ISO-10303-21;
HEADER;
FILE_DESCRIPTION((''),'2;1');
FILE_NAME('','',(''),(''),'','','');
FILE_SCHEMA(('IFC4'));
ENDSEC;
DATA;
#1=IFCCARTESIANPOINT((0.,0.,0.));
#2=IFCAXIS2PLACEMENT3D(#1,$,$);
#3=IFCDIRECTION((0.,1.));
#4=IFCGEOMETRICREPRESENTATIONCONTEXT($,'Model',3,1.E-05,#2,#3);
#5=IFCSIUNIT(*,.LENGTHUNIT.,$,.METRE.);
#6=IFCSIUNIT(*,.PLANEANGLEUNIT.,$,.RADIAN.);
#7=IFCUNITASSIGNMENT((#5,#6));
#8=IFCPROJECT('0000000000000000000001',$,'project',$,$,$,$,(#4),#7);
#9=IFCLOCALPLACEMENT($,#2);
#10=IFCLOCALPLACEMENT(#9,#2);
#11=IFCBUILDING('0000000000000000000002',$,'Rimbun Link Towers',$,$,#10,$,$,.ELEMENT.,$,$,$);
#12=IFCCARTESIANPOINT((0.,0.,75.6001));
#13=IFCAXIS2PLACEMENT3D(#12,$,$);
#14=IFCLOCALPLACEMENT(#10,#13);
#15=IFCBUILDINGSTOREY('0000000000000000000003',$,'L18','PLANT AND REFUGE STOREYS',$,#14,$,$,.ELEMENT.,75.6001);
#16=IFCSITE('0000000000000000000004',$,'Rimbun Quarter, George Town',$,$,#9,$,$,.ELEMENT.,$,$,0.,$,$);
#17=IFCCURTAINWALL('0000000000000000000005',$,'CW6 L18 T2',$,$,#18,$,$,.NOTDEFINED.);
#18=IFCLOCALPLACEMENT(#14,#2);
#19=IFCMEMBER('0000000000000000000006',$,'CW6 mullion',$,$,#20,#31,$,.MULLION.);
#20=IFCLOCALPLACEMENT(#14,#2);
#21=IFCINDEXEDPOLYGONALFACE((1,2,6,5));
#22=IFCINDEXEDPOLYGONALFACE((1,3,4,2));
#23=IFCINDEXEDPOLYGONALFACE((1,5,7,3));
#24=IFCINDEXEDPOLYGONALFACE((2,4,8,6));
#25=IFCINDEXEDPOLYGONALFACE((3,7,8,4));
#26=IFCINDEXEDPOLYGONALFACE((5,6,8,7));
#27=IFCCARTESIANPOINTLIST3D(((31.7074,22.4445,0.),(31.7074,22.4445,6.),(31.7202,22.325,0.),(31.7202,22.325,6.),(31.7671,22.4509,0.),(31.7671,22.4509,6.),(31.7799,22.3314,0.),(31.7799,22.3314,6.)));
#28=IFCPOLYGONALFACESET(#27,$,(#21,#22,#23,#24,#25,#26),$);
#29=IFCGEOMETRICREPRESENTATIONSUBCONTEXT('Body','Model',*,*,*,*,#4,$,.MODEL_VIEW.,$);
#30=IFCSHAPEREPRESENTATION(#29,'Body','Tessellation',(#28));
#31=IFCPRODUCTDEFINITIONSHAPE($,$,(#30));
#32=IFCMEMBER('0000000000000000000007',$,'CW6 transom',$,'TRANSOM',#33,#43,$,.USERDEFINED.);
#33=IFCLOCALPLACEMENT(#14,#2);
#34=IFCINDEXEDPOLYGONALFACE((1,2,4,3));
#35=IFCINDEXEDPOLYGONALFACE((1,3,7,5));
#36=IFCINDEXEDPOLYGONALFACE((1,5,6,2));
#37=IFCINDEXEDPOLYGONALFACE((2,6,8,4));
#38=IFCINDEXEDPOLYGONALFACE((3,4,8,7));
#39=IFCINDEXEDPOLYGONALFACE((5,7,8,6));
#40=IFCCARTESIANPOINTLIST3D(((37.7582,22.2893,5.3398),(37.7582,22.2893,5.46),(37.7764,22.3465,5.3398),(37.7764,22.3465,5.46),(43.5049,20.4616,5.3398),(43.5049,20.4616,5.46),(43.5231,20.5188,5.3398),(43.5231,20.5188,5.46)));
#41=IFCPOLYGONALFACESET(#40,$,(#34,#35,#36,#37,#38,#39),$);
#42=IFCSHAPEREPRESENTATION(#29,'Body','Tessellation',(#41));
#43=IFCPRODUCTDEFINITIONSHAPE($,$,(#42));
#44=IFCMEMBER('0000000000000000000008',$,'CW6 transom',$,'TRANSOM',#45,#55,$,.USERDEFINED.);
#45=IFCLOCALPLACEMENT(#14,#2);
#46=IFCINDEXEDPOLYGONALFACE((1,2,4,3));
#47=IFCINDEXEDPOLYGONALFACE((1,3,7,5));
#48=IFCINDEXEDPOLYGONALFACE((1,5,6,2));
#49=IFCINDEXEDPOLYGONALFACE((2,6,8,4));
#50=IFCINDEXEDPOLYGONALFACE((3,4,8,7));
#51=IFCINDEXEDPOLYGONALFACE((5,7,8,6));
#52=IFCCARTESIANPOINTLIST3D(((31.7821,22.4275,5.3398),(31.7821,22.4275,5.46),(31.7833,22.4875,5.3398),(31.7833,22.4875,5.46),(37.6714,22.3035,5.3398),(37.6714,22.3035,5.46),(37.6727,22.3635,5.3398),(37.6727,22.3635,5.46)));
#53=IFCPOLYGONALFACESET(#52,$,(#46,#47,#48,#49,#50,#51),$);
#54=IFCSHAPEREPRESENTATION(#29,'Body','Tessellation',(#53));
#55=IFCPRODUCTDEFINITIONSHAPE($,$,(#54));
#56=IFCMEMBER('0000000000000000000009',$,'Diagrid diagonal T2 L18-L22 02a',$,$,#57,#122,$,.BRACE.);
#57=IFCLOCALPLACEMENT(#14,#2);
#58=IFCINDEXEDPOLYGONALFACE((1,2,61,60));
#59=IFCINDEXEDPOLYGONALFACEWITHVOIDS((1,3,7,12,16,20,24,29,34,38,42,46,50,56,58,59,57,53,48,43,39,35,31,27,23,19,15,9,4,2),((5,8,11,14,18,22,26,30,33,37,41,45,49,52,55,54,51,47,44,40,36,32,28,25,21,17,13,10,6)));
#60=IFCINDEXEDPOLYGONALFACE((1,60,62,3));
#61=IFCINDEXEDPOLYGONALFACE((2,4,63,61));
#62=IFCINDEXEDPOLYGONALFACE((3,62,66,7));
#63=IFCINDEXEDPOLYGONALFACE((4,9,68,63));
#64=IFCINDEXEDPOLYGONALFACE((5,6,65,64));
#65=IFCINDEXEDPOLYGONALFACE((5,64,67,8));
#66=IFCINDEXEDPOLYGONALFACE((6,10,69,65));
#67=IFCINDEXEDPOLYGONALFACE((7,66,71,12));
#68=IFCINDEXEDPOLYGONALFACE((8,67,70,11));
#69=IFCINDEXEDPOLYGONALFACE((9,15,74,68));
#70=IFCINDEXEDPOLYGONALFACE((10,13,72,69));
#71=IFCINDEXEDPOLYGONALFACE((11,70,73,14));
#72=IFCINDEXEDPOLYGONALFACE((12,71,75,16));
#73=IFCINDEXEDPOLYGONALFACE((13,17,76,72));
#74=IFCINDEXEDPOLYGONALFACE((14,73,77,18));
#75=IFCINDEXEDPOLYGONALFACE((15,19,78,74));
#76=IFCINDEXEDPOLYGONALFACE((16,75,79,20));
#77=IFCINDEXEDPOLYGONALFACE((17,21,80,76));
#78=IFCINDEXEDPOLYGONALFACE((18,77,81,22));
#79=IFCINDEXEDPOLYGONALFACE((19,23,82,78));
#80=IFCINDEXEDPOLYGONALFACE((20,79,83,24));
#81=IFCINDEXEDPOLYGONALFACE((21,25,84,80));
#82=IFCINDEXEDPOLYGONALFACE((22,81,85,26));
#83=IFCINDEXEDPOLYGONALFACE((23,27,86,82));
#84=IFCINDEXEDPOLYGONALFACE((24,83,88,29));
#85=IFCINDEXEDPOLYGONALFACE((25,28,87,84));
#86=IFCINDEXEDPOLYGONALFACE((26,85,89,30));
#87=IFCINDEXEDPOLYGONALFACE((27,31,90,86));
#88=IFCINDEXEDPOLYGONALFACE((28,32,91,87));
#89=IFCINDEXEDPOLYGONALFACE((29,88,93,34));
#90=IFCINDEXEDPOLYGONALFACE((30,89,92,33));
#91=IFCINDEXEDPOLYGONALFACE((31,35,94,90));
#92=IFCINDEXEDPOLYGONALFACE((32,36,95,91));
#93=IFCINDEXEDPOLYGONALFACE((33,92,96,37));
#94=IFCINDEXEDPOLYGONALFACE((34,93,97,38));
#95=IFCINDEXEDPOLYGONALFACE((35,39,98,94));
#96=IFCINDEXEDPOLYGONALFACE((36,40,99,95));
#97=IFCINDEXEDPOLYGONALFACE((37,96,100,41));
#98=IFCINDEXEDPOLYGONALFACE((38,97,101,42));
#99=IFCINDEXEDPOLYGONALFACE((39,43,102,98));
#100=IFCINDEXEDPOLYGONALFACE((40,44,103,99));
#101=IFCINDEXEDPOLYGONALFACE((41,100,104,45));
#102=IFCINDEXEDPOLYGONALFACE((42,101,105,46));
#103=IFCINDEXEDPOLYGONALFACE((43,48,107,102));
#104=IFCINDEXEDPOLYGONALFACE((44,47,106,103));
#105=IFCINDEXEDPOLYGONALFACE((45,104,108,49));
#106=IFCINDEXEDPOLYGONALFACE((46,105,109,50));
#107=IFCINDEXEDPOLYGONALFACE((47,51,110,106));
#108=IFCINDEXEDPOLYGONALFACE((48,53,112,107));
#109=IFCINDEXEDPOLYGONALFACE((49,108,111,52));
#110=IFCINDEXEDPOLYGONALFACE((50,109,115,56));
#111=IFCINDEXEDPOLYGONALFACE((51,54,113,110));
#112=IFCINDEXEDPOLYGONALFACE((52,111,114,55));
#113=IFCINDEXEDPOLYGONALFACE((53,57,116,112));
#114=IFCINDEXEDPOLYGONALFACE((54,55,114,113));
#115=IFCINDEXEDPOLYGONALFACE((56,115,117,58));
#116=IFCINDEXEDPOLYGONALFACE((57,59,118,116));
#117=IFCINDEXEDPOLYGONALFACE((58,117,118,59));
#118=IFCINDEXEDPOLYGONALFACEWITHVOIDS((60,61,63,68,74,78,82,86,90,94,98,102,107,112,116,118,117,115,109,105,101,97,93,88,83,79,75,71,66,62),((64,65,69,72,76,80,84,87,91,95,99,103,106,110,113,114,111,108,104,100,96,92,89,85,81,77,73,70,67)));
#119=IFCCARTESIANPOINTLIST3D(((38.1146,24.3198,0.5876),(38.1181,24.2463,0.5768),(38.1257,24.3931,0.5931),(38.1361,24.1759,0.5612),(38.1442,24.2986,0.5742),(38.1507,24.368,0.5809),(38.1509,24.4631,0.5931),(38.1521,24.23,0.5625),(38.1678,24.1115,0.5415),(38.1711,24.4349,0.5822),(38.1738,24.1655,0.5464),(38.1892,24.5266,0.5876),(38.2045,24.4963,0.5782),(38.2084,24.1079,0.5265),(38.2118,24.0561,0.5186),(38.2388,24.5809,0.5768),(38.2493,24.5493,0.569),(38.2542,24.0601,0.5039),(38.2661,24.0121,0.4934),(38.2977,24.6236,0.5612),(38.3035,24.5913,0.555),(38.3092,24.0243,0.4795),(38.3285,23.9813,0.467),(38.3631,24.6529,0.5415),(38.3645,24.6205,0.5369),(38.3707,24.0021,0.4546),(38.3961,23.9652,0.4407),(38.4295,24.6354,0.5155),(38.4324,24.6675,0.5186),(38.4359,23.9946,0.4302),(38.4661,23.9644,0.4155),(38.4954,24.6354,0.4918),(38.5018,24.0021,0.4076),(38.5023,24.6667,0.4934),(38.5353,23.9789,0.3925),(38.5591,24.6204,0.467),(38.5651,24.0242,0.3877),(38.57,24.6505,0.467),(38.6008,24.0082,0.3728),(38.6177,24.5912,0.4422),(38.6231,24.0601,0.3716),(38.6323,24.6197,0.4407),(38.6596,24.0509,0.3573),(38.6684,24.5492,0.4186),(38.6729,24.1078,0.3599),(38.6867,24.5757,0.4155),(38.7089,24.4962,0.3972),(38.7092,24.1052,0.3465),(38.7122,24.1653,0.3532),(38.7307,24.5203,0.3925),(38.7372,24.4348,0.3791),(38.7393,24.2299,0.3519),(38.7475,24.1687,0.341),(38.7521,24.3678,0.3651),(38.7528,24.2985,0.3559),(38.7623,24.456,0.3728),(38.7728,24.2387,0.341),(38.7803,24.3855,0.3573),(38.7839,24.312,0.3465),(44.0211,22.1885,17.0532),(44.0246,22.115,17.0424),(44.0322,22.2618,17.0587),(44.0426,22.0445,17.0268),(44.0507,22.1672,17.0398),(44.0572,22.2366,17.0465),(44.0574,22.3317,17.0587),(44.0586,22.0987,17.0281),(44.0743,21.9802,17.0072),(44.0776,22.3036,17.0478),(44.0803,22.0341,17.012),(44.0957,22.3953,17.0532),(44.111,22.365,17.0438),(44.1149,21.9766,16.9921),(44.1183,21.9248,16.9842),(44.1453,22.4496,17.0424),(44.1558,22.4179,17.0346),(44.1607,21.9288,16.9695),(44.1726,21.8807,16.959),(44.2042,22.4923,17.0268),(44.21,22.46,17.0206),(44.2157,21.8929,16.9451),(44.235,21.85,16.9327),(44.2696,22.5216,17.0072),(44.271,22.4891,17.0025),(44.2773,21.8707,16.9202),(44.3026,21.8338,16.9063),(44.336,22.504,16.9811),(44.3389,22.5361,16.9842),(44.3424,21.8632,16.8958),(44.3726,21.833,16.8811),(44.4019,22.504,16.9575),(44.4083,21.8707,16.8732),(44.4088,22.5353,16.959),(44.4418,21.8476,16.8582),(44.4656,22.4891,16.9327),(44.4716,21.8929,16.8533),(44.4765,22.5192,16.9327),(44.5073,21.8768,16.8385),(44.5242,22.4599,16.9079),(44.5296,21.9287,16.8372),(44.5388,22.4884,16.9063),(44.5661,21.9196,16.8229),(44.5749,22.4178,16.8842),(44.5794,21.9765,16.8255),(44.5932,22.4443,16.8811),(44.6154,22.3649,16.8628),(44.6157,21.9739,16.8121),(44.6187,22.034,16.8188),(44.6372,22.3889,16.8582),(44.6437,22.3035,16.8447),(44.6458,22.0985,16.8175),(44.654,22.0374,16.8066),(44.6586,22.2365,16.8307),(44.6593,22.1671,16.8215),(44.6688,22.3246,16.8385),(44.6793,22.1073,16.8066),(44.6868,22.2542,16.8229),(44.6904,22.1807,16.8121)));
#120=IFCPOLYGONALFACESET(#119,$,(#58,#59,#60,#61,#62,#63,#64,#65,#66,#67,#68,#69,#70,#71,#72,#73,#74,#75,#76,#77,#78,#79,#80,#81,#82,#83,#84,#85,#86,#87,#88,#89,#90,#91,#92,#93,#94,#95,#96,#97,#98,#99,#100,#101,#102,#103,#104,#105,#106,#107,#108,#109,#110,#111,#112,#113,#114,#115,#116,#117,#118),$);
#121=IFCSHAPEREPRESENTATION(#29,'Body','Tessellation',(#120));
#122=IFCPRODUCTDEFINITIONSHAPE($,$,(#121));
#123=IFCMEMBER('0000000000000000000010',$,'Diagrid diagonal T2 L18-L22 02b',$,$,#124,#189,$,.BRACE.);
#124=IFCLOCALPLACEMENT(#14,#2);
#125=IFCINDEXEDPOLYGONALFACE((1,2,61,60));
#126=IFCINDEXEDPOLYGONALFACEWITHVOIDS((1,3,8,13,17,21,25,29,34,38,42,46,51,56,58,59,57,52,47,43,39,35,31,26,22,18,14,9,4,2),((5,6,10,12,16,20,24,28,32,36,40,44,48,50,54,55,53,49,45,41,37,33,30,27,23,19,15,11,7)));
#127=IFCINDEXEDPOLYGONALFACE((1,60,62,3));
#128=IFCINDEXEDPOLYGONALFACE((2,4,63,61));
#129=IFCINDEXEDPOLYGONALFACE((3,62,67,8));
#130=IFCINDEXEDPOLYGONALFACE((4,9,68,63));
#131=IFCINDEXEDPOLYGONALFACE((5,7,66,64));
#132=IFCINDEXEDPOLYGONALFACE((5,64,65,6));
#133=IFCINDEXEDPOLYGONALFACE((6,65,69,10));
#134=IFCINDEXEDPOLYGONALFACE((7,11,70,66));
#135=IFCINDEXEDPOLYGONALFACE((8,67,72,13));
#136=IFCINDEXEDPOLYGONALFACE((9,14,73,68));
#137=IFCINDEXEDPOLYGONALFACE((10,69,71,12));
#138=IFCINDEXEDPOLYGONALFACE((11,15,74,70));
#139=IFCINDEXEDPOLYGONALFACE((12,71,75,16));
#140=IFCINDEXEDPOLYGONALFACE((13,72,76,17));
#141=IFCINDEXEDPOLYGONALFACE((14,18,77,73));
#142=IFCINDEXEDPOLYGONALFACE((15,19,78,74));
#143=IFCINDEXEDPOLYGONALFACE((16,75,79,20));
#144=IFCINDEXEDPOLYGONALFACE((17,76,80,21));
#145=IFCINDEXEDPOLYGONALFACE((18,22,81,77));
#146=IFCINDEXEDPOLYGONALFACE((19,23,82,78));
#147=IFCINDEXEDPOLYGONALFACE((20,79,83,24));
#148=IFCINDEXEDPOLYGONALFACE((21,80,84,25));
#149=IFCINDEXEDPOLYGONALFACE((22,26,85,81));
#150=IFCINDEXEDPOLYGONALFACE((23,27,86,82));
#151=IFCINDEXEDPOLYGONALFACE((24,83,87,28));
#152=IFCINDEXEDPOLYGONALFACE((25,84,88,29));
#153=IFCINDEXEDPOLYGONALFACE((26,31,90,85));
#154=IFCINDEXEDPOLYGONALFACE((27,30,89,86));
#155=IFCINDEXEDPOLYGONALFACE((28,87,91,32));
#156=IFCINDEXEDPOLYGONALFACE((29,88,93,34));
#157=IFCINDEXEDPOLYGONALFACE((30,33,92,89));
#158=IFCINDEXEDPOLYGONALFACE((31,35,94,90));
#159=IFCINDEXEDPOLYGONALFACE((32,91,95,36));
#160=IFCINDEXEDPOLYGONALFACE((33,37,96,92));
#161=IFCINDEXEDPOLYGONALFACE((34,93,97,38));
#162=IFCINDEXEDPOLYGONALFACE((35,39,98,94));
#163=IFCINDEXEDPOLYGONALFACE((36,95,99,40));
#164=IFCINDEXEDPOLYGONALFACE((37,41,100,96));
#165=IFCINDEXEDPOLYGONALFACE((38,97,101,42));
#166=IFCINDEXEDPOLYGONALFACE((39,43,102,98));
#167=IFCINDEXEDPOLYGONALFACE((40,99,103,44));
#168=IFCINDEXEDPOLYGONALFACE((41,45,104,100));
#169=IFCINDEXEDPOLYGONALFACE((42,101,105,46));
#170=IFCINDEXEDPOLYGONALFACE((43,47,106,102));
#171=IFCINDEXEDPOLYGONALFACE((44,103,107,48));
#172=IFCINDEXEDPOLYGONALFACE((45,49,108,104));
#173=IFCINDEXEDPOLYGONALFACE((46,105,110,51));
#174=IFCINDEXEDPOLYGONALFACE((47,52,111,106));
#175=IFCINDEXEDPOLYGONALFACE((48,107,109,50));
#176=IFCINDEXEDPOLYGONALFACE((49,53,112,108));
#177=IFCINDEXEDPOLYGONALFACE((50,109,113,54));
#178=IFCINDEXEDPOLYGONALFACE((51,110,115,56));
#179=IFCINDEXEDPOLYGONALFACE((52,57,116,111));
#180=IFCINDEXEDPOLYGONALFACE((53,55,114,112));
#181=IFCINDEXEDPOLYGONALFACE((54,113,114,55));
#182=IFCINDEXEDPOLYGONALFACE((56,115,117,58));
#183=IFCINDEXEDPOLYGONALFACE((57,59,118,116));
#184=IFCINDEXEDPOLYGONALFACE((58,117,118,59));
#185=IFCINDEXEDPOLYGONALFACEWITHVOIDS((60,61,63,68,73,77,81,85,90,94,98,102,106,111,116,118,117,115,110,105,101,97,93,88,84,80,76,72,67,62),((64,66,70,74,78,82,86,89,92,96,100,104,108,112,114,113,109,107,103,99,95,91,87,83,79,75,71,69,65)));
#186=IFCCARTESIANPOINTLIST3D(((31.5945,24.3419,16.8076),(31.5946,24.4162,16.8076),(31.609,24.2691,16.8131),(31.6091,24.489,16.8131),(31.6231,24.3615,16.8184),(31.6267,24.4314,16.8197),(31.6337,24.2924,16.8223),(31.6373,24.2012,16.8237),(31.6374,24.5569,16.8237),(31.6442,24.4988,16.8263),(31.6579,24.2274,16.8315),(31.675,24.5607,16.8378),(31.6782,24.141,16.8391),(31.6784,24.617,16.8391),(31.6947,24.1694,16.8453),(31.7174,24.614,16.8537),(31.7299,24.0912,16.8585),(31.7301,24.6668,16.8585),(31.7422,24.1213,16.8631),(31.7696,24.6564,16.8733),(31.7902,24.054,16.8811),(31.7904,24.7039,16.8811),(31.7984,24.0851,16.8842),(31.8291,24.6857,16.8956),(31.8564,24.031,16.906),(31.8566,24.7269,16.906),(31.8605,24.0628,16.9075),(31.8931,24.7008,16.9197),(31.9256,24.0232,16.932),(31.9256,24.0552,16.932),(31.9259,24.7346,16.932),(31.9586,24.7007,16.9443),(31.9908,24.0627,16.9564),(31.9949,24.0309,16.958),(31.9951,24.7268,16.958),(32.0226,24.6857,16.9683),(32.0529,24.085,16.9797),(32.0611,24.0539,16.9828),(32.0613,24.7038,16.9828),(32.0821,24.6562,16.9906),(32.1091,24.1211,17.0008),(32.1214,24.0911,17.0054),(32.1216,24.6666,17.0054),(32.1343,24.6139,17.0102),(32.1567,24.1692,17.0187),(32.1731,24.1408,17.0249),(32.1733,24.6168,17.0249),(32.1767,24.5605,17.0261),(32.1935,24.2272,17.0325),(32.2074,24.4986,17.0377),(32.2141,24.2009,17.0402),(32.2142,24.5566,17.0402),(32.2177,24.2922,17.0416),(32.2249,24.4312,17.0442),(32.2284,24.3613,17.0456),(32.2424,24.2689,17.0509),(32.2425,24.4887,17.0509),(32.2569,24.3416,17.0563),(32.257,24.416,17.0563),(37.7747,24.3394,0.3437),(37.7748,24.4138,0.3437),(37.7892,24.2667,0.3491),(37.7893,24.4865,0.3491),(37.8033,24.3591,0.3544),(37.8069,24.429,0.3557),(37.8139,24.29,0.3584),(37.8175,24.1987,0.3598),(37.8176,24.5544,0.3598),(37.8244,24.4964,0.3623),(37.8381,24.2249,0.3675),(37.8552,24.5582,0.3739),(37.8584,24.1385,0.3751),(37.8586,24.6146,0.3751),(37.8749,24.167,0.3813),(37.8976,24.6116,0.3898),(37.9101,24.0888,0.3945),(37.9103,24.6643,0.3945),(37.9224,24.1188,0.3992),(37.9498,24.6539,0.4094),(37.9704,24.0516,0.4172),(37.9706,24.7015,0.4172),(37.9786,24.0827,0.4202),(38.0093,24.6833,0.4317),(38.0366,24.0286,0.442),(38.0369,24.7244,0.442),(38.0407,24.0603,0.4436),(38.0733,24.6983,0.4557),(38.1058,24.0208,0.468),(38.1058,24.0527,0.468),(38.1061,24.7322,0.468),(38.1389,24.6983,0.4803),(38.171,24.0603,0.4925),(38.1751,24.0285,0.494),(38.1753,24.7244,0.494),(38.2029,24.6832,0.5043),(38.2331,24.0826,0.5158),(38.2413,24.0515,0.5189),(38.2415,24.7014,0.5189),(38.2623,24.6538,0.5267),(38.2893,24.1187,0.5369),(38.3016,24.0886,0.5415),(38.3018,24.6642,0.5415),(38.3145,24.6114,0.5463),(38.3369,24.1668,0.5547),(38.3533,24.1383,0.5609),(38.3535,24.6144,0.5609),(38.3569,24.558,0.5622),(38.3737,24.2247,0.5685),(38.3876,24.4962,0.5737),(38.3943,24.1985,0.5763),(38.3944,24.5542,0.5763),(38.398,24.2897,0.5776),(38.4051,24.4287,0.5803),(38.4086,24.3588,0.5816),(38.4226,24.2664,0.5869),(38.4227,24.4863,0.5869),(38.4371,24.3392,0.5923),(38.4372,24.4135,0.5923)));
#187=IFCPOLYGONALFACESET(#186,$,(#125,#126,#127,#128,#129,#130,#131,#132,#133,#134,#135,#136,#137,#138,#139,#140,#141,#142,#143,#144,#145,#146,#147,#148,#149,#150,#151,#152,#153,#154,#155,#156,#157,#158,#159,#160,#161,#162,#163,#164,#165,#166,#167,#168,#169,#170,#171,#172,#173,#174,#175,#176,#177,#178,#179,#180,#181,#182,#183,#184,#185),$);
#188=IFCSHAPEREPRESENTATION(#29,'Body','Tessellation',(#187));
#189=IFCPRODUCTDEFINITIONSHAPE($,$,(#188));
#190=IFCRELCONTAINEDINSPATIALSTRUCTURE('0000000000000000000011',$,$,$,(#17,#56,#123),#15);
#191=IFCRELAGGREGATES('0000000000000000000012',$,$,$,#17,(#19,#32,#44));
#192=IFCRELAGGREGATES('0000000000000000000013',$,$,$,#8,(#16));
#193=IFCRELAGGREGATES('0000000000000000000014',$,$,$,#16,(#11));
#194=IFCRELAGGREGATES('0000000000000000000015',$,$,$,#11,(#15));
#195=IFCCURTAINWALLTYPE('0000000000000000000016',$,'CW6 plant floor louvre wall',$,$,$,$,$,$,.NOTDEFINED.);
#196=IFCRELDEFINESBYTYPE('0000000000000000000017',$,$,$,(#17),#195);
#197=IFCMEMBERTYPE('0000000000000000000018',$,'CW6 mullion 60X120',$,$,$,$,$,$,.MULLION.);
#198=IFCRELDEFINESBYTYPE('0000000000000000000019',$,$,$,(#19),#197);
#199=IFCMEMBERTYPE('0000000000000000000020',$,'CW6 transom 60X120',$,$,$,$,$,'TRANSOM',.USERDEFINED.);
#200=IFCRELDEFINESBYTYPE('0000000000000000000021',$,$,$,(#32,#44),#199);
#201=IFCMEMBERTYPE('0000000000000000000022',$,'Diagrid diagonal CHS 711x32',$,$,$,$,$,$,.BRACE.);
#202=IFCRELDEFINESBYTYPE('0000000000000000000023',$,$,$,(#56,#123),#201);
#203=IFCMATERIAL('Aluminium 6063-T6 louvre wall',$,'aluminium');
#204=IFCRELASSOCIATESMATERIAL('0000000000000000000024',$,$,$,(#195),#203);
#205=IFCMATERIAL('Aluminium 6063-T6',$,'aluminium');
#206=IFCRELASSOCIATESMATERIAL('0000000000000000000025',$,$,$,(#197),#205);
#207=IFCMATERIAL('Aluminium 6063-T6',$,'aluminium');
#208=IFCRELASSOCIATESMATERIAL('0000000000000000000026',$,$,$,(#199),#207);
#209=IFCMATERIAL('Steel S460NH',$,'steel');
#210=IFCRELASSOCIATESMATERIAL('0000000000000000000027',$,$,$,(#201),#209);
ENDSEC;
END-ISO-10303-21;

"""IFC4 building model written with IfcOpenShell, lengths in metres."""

from ifc_helpers import new_model, si_unit, direction, frame, origin, origin_2d, place, context, subcontext, project, spatial, rectangle, hollow_circle, extrude, material, material_profile, profile_set, type_object, element, aggregate, save


model = new_model("IFC4")

# Units and contexts
model_context = context("Model", 3, precision=1e-05, world=origin(), true_north=direction((0.0, 1.0)))
body_context = subcontext(model_context, "Body", "Model", "MODEL_VIEW")
ifc_project = project(units=[si_unit("LENGTHUNIT", "METRE"), si_unit("PLANEANGLEUNIT", "RADIAN")], contexts=[model_context])

# Site, building, storey
site_placement = place(None, origin())
site = spatial("IfcSite", under=ifc_project, at=site_placement, Name="Rimbun Quarter, George Town", CompositionType="ELEMENT", RefElevation=0.0)
building_placement = place(site_placement, origin())
building = spatial("IfcBuilding", under=site, at=building_placement, Name="Rimbun Link Towers", CompositionType="ELEMENT")
storey_placement = place(building_placement, frame((0.0, 0.0, 75.6001)))
storey = spatial("IfcBuildingStorey", under=building, at=storey_placement, Name="L18", Description="PLANT AND REFUGE STOREYS", CompositionType="ELEMENT", Elevation=75.6001)

# Curtain wall, members
ifc_material_1 = material(Name="Aluminium 6063-T6 louvre wall", Category="aluminium")
curtain_wall_type = type_object("IfcCurtainWallType", Name="CW6 plant floor louvre wall", PredefinedType="NOTDEFINED", material=ifc_material_1)
curtain_wall_placement = place(storey_placement, origin())
curtain_wall = element("IfcCurtainWall", 1, at=curtain_wall_placement, inside=storey, type_object=curtain_wall_type, Name="CW6 L18 T2", PredefinedType="NOTDEFINED")
ifc_material_2 = material(Name="Aluminium 6063-T6", Category="aluminium")
ifc_material_profile_1 = material_profile(ifc_material_2, rectangle(XDim=0.1201, YDim=0.0601, at=origin_2d()), Name="MULLION 60X120")
ifc_profile_set_1 = profile_set([ifc_material_profile_1], Name="Aluminium 6063-T6")
member_type_1 = type_object("IfcMemberType", Name="CW6 mullion 60X120", PredefinedType="MULLION", material=ifc_profile_set_1)
member_1_placement = place(storey_placement, frame((31.7437, 22.3879, 0.0), z_axis=(0.0, 0.0, 1.0), x_axis=(-0.106635, 0.994298, 0.0)))
member_1 = element("IfcMember", 2, at=member_1_placement, type_object=member_type_1, Name="CW6 mullion", PredefinedType="MULLION", context=body_context, shape_type="SweptSolid", body=[
    extrude(rectangle(XDim=0.1201, YDim=0.0601, at=origin_2d()), origin(), (0.0, 0.0, 1.0), 6.0),
])
ifc_material_3 = material(Name="Aluminium 6063-T6", Category="aluminium")
ifc_material_profile_2 = material_profile(ifc_material_3, rectangle(XDim=0.0601, YDim=0.1201, at=origin_2d()), Name="TRANSOM 60X120")
ifc_profile_set_2 = profile_set([ifc_material_profile_2], Name="Aluminium 6063-T6")
member_type_2 = type_object("IfcMemberType", Name="CW6 transom 60X120", ElementType="TRANSOM", PredefinedType="USERDEFINED", material=ifc_profile_set_2)
member_2_placement = place(storey_placement, frame((37.7673, 22.3179, 5.3999), z_axis=(0.952965, -0.30308, 0.0), x_axis=(0.30308, 0.952965, 0.0)))
member_2 = element("IfcMember", 3, at=member_2_placement, type_object=member_type_2, Name="CW6 transom", ObjectType="TRANSOM", PredefinedType="USERDEFINED", context=body_context, shape_type="SweptSolid", body=[
    extrude(rectangle(XDim=0.0601, YDim=0.1201, at=origin_2d()), origin(), (0.0, 0.0, 1.0), 6.0303),
])
member_3_placement = place(storey_placement, frame((31.7827, 22.4575, 5.3999), z_axis=(0.999778, -0.021054, 0.0), x_axis=(0.021054, 0.999778, 0.0)))
member_3 = element("IfcMember", 4, at=member_3_placement, type_object=member_type_2, Name="CW6 transom", ObjectType="TRANSOM", PredefinedType="USERDEFINED", context=body_context, shape_type="SweptSolid", body=[
    extrude(rectangle(XDim=0.0601, YDim=0.1201, at=origin_2d()), origin(), (0.0, 0.0, 1.0), 5.8906),
])

# Members
ifc_material_4 = material(Name="Steel S460NH", Category="steel")
ifc_material_profile_3 = material_profile(ifc_material_4, hollow_circle(Radius=0.3557, WallThickness=0.032, at=origin_2d()), Name="Diagrid diagonal CHS 711x32")
ifc_profile_set_3 = profile_set([ifc_material_profile_3], Name="Steel S460NH")
member_type_3 = type_object("IfcMemberType", Name="Diagrid diagonal CHS 711x32", PredefinedType="BRACE", material=ifc_profile_set_3)
member_4_placement = place(storey_placement, frame((38.4492, 24.3159, 0.467), z_axis=(0.335172, -0.120946, 0.934362), x_axis=(0.339426, 0.940633, 0.0)))
element("IfcMember", 5, at=member_4_placement, inside=storey, type_object=member_type_3, Name="Diagrid diagonal T2 L18-L22 02a", PredefinedType="BRACE", context=body_context, shape_type="SweptSolid", body=[
    extrude(hollow_circle(Radius=0.3557, WallThickness=0.032, at=origin_2d()), origin(), (0.0, 0.0, 1.0), 17.6223),
])
member_5_placement = place(storey_placement, frame((38.106, 24.3765, 0.468), z_axis=(-0.351434, 0.000139, 0.936213), x_axis=(-0.000395, -1.0, 0.0)))
element("IfcMember", 6, at=member_5_placement, inside=storey, type_object=member_type_3, Name="Diagrid diagonal T2 L18-L22 02b", PredefinedType="BRACE", context=body_context, shape_type="SweptSolid", body=[
    extrude(hollow_circle(Radius=0.3557, WallThickness=0.032, at=origin_2d()), origin(), (0.0, 0.0, 1.0), 17.5857),
])

aggregate(curtain_wall, [member_1, member_2, member_3])

save(model, "model.ifc")
